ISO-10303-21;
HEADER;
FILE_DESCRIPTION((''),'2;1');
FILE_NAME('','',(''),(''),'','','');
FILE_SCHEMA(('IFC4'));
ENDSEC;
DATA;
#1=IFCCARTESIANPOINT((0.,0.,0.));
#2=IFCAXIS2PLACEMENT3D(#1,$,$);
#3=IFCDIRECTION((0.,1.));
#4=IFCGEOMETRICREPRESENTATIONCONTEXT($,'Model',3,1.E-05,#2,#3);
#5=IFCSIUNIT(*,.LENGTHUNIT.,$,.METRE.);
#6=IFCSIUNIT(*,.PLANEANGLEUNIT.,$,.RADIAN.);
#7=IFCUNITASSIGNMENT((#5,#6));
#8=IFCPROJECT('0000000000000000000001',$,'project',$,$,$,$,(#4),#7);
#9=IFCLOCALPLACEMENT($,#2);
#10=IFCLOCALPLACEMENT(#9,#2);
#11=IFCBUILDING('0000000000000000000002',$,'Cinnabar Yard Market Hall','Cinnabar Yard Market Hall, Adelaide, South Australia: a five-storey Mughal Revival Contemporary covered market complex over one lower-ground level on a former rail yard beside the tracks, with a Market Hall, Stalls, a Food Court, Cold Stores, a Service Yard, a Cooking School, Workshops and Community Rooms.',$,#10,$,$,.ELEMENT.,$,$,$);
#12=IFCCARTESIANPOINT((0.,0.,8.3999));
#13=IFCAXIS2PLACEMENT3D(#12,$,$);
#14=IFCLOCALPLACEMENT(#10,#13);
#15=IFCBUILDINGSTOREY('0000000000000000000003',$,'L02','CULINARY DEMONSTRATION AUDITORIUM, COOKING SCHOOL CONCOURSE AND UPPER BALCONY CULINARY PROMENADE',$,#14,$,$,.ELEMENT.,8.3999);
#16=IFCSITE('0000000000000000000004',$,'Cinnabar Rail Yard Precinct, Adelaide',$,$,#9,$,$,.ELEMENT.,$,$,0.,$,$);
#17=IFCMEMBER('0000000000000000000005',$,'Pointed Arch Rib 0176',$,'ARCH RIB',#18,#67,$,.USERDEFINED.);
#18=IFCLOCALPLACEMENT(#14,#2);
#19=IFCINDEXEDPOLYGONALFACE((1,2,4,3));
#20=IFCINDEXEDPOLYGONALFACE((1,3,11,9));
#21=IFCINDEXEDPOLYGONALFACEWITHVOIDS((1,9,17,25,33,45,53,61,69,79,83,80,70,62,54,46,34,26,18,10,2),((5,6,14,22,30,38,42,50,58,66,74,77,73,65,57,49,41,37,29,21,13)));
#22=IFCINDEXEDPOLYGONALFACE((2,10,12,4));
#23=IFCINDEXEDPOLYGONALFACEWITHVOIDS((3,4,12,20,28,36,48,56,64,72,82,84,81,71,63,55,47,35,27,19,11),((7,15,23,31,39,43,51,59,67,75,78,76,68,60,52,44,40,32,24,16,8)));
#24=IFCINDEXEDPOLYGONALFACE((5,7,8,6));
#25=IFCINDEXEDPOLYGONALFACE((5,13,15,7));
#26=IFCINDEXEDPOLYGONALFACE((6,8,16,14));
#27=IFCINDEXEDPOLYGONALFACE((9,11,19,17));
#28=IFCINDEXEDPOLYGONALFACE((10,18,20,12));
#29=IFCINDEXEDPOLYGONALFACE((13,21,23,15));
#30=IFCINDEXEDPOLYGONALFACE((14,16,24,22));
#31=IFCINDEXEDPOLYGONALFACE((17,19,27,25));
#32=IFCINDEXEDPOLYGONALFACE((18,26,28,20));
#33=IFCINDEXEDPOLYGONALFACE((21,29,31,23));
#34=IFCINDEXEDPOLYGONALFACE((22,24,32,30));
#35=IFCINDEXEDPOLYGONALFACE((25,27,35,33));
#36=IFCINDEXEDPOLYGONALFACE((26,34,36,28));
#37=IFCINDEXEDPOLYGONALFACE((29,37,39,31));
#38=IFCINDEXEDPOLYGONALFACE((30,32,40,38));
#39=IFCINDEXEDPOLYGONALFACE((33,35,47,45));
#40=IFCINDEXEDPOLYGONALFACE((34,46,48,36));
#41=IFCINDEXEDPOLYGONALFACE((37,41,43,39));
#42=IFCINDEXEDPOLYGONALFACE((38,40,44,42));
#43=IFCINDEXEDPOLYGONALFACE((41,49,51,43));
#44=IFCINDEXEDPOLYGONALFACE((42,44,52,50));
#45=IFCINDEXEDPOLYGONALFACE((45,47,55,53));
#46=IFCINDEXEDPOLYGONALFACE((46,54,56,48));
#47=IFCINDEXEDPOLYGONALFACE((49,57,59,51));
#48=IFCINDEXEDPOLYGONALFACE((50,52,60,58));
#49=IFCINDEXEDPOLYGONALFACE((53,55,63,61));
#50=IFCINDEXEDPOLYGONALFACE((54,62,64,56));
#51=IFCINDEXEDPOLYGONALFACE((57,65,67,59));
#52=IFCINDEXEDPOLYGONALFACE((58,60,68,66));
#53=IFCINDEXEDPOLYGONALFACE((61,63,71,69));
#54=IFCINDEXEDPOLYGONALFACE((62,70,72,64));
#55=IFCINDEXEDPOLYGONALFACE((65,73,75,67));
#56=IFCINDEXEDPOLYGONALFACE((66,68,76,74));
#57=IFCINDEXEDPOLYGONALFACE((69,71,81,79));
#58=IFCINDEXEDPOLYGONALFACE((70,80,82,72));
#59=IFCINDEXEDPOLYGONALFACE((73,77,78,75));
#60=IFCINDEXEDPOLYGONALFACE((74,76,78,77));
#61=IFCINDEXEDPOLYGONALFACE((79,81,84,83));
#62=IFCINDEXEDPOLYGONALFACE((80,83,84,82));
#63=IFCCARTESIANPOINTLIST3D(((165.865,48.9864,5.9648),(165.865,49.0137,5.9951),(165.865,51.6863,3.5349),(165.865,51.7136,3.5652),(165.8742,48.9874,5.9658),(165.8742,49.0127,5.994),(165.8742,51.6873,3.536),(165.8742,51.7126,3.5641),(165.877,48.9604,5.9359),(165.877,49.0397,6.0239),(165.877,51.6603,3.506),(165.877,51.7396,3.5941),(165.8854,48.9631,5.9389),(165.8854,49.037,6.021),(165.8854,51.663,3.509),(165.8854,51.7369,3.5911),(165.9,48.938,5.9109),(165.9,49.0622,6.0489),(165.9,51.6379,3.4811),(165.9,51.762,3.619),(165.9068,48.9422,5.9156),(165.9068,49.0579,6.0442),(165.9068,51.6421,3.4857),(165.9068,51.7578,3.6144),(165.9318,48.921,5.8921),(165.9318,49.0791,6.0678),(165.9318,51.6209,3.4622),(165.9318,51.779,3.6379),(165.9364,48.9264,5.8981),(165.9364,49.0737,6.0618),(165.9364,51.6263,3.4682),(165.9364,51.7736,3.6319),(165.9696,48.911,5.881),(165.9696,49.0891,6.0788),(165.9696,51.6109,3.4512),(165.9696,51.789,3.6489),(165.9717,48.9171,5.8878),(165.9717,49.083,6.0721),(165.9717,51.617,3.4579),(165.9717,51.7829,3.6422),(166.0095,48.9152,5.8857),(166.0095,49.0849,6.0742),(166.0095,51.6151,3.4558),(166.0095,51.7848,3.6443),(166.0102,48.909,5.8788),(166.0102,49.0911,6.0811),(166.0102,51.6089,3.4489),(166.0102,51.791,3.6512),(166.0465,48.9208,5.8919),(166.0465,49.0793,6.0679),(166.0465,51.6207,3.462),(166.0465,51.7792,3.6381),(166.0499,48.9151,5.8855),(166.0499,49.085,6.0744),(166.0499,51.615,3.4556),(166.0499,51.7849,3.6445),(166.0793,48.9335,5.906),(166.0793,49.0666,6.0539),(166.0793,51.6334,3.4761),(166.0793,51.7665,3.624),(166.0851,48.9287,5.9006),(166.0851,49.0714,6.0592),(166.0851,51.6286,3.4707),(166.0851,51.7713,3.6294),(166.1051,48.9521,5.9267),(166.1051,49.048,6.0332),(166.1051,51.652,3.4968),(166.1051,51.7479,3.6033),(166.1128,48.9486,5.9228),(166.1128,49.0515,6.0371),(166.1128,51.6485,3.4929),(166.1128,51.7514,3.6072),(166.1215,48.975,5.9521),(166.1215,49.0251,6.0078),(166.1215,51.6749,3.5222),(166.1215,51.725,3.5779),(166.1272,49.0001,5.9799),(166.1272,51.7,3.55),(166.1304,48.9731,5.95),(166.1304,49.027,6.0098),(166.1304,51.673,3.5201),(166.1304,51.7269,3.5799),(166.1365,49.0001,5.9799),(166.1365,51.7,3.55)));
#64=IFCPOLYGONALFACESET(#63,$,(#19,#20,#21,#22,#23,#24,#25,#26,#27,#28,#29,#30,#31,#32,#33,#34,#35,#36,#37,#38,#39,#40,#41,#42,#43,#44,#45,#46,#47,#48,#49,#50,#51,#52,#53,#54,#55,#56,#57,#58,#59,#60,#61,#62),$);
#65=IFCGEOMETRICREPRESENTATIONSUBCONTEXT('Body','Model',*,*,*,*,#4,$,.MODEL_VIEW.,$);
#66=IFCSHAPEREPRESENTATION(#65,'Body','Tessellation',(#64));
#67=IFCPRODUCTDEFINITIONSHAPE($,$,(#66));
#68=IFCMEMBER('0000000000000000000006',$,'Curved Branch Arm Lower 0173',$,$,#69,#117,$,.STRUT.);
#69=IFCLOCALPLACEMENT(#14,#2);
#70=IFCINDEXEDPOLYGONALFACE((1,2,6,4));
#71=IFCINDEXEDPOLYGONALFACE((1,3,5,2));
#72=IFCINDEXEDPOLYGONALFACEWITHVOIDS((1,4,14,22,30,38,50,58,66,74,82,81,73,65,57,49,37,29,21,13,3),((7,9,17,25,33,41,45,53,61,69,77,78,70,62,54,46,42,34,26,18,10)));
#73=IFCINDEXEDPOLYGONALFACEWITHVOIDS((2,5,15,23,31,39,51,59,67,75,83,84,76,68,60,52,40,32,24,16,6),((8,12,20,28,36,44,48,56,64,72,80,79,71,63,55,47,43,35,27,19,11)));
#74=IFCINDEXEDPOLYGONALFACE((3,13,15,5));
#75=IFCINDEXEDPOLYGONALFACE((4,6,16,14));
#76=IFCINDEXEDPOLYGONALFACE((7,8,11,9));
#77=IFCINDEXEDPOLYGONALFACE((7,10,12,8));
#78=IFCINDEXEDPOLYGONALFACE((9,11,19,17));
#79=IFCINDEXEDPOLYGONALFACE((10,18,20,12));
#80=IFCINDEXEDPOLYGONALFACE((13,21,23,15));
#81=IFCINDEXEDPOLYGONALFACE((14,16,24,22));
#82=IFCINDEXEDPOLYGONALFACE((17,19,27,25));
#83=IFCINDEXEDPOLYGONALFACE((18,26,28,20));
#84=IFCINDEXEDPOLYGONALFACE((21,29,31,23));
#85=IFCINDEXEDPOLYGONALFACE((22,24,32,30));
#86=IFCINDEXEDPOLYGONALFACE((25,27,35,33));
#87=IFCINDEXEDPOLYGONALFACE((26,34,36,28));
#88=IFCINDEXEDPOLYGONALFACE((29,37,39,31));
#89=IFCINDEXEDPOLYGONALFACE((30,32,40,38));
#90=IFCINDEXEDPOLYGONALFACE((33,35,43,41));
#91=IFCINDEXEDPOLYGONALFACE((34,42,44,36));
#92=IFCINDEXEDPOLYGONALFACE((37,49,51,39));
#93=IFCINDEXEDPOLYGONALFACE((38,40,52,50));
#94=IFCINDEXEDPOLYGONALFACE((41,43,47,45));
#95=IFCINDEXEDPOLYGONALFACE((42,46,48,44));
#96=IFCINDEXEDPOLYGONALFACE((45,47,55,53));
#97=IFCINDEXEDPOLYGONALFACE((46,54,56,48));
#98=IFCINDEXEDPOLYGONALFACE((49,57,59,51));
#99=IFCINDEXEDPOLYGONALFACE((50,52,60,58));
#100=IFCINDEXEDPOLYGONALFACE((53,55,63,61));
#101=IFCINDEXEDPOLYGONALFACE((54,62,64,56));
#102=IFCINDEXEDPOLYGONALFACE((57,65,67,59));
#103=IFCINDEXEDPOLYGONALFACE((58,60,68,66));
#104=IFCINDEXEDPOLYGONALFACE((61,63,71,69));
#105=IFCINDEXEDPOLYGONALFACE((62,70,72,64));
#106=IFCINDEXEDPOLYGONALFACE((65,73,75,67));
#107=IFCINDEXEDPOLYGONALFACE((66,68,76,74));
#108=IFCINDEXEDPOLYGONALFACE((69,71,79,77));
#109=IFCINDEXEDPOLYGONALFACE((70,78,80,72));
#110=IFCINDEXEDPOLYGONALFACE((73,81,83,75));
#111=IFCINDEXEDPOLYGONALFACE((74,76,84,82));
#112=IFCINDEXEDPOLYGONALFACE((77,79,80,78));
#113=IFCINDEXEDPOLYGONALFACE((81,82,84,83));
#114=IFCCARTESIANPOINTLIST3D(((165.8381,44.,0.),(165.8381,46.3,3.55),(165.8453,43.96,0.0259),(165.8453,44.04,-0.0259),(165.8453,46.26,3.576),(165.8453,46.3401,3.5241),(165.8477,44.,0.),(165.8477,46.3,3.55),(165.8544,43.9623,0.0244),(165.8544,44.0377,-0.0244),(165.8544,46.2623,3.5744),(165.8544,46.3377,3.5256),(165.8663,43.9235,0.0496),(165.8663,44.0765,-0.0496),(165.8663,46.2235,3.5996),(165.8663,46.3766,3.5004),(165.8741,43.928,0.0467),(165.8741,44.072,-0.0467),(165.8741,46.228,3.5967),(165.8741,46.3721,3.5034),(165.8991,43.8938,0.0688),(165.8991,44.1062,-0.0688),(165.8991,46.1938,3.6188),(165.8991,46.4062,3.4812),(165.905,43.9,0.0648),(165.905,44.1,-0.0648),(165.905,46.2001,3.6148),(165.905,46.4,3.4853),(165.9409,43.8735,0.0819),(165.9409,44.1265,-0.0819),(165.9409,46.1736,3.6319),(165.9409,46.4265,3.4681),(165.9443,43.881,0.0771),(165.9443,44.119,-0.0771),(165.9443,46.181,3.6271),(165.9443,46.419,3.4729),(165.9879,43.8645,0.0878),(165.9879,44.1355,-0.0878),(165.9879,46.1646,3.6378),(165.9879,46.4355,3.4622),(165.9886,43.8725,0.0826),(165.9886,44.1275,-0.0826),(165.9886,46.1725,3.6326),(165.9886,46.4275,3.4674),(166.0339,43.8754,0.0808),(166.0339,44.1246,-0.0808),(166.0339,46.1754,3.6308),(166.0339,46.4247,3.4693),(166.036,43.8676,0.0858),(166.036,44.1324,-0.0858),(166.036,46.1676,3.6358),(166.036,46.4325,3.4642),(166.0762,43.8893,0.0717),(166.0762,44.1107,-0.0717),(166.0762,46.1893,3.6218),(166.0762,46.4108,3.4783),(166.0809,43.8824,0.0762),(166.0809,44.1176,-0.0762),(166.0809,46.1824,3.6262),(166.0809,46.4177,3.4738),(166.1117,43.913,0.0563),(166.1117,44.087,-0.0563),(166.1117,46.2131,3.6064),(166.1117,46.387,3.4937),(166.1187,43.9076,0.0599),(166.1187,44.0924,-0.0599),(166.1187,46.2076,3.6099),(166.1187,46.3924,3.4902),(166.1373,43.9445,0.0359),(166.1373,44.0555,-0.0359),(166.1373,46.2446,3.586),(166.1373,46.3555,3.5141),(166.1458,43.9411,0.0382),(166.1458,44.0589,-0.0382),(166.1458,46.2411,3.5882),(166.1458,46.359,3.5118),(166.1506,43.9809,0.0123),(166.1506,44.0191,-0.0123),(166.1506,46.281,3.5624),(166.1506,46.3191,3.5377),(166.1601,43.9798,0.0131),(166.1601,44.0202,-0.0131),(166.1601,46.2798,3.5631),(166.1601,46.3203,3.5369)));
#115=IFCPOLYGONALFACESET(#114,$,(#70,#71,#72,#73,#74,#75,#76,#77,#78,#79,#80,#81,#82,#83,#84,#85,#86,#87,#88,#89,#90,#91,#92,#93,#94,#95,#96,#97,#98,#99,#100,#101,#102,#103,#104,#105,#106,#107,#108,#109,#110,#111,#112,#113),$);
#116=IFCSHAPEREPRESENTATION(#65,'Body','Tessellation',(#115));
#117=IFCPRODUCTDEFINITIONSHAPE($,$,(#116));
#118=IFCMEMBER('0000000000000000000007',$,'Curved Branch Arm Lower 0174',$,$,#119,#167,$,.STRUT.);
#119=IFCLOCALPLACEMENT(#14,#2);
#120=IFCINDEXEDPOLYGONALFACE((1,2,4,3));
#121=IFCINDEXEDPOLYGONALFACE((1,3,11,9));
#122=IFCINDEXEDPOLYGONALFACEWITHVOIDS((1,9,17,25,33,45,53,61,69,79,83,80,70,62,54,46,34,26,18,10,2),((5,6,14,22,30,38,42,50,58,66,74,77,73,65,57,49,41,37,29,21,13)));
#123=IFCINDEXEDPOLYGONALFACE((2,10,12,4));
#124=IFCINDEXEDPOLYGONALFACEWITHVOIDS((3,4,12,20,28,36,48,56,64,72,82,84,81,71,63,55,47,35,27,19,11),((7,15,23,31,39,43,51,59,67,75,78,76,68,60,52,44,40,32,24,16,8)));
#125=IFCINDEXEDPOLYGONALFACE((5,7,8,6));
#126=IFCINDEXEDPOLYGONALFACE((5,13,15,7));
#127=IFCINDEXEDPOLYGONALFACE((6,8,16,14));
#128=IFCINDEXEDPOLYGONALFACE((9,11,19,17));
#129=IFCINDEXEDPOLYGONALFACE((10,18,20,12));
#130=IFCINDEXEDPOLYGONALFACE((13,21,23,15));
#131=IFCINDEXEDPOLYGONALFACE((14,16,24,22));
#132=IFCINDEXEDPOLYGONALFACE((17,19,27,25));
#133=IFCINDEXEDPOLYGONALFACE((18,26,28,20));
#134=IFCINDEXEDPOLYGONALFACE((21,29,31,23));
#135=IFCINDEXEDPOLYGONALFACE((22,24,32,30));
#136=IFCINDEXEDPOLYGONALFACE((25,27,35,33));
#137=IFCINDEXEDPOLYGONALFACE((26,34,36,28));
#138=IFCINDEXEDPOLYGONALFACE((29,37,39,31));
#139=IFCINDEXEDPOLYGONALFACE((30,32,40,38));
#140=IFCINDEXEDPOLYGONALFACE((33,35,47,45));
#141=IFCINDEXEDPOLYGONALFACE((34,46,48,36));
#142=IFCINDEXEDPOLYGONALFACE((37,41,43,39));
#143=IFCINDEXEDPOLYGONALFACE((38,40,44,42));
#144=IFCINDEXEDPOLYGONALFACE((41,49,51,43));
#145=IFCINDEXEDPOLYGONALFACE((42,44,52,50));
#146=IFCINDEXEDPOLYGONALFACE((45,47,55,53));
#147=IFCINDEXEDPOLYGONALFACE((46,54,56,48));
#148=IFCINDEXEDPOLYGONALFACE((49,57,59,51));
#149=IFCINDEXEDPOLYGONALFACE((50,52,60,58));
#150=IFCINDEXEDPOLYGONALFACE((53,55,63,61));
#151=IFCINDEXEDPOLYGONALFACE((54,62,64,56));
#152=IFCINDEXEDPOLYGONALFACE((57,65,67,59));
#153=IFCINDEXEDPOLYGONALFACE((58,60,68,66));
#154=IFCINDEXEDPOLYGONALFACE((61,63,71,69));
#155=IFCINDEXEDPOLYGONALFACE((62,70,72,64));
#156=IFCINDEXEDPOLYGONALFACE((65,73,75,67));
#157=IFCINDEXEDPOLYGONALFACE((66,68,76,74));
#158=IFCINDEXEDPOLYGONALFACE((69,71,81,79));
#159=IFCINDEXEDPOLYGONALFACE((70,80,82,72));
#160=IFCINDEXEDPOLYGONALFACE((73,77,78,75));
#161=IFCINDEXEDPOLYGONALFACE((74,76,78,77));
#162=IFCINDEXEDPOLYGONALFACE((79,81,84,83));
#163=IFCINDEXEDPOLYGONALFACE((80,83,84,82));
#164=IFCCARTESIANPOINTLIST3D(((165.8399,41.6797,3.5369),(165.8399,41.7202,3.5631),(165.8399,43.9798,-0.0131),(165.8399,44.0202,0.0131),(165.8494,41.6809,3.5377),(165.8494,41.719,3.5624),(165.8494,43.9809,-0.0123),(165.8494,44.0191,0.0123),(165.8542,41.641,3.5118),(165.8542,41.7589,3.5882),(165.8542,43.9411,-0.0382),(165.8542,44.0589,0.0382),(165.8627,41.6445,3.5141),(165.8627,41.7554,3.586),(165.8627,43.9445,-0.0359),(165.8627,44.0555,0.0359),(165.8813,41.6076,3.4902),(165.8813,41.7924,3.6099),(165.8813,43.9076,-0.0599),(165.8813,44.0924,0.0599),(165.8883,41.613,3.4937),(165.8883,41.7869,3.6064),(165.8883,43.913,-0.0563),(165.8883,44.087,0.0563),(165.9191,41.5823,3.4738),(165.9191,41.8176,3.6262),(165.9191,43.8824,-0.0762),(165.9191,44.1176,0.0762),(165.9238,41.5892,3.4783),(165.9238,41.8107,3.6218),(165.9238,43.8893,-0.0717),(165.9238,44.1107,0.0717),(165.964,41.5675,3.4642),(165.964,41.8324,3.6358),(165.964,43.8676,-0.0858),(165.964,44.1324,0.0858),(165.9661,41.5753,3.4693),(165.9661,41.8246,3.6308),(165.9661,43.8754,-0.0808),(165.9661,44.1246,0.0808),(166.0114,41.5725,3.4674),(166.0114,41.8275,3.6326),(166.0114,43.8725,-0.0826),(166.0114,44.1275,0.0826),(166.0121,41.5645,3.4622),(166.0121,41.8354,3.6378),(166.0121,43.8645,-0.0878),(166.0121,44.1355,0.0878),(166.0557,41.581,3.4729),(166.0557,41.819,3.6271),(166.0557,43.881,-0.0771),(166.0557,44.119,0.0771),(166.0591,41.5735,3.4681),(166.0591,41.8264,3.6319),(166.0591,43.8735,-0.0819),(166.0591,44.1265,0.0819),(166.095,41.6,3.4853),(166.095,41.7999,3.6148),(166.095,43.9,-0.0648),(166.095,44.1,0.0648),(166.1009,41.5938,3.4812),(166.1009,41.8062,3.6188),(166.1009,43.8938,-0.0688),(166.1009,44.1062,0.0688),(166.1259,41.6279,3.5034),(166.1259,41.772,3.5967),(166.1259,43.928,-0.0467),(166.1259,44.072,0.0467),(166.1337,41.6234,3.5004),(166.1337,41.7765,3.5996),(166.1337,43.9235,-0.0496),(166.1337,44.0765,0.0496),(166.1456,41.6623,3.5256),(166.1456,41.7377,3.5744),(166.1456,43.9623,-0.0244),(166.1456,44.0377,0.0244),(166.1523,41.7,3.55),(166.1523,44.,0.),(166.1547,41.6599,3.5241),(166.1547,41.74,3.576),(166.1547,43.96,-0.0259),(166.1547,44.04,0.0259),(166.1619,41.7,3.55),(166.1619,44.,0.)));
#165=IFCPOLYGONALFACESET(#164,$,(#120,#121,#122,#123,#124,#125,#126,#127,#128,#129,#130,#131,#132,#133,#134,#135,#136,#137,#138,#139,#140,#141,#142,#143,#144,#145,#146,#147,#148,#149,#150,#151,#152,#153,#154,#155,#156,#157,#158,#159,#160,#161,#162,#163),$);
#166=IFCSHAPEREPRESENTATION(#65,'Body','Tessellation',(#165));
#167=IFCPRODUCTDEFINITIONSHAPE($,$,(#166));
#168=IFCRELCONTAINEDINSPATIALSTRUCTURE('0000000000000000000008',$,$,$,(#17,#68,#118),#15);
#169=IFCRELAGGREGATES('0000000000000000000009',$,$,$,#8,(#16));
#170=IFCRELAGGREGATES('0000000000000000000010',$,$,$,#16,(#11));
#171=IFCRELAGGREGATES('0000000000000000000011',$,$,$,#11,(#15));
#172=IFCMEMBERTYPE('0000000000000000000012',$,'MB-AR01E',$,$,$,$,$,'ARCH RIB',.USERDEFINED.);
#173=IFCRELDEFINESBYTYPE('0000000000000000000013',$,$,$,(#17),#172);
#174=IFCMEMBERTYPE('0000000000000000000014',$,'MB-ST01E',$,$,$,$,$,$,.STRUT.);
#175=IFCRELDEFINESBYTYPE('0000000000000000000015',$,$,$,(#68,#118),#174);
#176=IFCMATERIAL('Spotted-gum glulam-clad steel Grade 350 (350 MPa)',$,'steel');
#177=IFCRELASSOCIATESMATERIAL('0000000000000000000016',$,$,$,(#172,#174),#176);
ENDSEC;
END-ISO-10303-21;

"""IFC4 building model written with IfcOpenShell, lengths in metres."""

from ifc_helpers import new_model, si_unit, direction, frame, origin, origin_2d_with_axis, place, context, subcontext, project, spatial, hollow_circle, extrude, material, material_profile, profile_set, type_object, element, save


model = new_model("IFC4")

# Units and contexts
model_context = context("Model", 3, precision=1e-05, world=origin(), true_north=direction((0.0, 1.0)))
body_context = subcontext(model_context, "Body", "Model", "MODEL_VIEW")
ifc_project = project(units=[si_unit("LENGTHUNIT", "METRE"), si_unit("PLANEANGLEUNIT", "RADIAN")], contexts=[model_context])

# Site, building, storey
site_placement = place(None, origin())
site = spatial("IfcSite", under=ifc_project, at=site_placement, Name="Cinnabar Rail Yard Precinct, Adelaide", CompositionType="ELEMENT", RefElevation=0.0)
building_placement = place(site_placement, origin())
building = spatial("IfcBuilding", under=site, at=building_placement, Name="Cinnabar Yard Market Hall", Description="Cinnabar Yard Market Hall, Adelaide, South Australia: a five-storey Mughal Revival Contemporary covered market complex over one lower-ground level on a former rail yard beside the tracks, with a Market Hall, Stalls, a Food Court, Cold Stores, a Service Yard, a Cooking School, Workshops and Community Rooms.", CompositionType="ELEMENT")
storey_placement = place(building_placement, frame((0.0, 0.0, 8.3999)))
storey = spatial("IfcBuildingStorey", under=building, at=storey_placement, Name="L02", Description="CULINARY DEMONSTRATION AUDITORIUM, COOKING SCHOOL CONCOURSE AND UPPER BALCONY CULINARY PROMENADE", CompositionType="ELEMENT", Elevation=8.3999)

# Shared definitions
ifc_material_1 = material(Name="Spotted-gum glulam-clad steel Grade 350 (350 MPa)", Category="steel")

# Members
ifc_material_profile_1 = material_profile(ifc_material_1, hollow_circle(Radius=0.1365, WallThickness=0.0093, at=origin_2d_with_axis()), Name="273.1x9.3CHS")
ifc_profile_set_1 = profile_set([ifc_material_profile_1], Name="Spotted-gum glulam-clad steel Grade 350 (350 MPa)")
member_type_1 = type_object("IfcMemberType", Name="MB-AR01E", ElementType="ARCH RIB", PredefinedType="USERDEFINED", material=ifc_profile_set_1)
for number, where, z_axis, x_axis, name in (
    (1, (166.0, 51.7, 3.55), (0.0, -0.743297, 0.668961), (1.0, 0.0, 0.0), "Pointed Arch Rib 0176"),
):
    element("IfcMember", number, at=place(storey_placement, frame(where, z_axis=z_axis, x_axis=x_axis)), inside=storey, type_object=member_type_1, Name=name, ObjectType="ARCH RIB", PredefinedType="USERDEFINED", context=body_context, shape_type="SweptSolid", body=[
        extrude(hollow_circle(Radius=0.1365, WallThickness=0.0093, at=origin_2d_with_axis()), origin(), (0.0, 0.0, 1.0), 3.6323),
    ])
ifc_material_profile_2 = material_profile(ifc_material_1, hollow_circle(Radius=0.1619, WallThickness=0.0095, at=origin_2d_with_axis()), Name="323.9x9.5CHS")
ifc_profile_set_2 = profile_set([ifc_material_profile_2], Name="Spotted-gum glulam-clad steel Grade 350 (350 MPa)")
member_type_2 = type_object("IfcMemberType", Name="MB-ST01E", PredefinedType="STRUT", material=ifc_profile_set_2)
for number, where, z_axis, x_axis, name in (
    (2, (166.0, 44.0, 0.0), (0.0, 0.543744, 0.839251), (-1.0, 0.0, 0.0), "Curved Branch Arm Lower 0173"),
    (3, (166.0, 44.0, 0.0), (0.0, -0.543744, 0.839251), (1.0, 0.0, 0.0), "Curved Branch Arm Lower 0174"),
):
    element("IfcMember", number, at=place(storey_placement, frame(where, z_axis=z_axis, x_axis=x_axis)), inside=storey, type_object=member_type_2, Name=name, PredefinedType="STRUT", context=body_context, shape_type="SweptSolid", body=[
        extrude(hollow_circle(Radius=0.1619, WallThickness=0.0095, at=origin_2d_with_axis()), origin(), (0.0, 0.0, 1.0), 4.23),
    ])

save(model, "model.ifc")
